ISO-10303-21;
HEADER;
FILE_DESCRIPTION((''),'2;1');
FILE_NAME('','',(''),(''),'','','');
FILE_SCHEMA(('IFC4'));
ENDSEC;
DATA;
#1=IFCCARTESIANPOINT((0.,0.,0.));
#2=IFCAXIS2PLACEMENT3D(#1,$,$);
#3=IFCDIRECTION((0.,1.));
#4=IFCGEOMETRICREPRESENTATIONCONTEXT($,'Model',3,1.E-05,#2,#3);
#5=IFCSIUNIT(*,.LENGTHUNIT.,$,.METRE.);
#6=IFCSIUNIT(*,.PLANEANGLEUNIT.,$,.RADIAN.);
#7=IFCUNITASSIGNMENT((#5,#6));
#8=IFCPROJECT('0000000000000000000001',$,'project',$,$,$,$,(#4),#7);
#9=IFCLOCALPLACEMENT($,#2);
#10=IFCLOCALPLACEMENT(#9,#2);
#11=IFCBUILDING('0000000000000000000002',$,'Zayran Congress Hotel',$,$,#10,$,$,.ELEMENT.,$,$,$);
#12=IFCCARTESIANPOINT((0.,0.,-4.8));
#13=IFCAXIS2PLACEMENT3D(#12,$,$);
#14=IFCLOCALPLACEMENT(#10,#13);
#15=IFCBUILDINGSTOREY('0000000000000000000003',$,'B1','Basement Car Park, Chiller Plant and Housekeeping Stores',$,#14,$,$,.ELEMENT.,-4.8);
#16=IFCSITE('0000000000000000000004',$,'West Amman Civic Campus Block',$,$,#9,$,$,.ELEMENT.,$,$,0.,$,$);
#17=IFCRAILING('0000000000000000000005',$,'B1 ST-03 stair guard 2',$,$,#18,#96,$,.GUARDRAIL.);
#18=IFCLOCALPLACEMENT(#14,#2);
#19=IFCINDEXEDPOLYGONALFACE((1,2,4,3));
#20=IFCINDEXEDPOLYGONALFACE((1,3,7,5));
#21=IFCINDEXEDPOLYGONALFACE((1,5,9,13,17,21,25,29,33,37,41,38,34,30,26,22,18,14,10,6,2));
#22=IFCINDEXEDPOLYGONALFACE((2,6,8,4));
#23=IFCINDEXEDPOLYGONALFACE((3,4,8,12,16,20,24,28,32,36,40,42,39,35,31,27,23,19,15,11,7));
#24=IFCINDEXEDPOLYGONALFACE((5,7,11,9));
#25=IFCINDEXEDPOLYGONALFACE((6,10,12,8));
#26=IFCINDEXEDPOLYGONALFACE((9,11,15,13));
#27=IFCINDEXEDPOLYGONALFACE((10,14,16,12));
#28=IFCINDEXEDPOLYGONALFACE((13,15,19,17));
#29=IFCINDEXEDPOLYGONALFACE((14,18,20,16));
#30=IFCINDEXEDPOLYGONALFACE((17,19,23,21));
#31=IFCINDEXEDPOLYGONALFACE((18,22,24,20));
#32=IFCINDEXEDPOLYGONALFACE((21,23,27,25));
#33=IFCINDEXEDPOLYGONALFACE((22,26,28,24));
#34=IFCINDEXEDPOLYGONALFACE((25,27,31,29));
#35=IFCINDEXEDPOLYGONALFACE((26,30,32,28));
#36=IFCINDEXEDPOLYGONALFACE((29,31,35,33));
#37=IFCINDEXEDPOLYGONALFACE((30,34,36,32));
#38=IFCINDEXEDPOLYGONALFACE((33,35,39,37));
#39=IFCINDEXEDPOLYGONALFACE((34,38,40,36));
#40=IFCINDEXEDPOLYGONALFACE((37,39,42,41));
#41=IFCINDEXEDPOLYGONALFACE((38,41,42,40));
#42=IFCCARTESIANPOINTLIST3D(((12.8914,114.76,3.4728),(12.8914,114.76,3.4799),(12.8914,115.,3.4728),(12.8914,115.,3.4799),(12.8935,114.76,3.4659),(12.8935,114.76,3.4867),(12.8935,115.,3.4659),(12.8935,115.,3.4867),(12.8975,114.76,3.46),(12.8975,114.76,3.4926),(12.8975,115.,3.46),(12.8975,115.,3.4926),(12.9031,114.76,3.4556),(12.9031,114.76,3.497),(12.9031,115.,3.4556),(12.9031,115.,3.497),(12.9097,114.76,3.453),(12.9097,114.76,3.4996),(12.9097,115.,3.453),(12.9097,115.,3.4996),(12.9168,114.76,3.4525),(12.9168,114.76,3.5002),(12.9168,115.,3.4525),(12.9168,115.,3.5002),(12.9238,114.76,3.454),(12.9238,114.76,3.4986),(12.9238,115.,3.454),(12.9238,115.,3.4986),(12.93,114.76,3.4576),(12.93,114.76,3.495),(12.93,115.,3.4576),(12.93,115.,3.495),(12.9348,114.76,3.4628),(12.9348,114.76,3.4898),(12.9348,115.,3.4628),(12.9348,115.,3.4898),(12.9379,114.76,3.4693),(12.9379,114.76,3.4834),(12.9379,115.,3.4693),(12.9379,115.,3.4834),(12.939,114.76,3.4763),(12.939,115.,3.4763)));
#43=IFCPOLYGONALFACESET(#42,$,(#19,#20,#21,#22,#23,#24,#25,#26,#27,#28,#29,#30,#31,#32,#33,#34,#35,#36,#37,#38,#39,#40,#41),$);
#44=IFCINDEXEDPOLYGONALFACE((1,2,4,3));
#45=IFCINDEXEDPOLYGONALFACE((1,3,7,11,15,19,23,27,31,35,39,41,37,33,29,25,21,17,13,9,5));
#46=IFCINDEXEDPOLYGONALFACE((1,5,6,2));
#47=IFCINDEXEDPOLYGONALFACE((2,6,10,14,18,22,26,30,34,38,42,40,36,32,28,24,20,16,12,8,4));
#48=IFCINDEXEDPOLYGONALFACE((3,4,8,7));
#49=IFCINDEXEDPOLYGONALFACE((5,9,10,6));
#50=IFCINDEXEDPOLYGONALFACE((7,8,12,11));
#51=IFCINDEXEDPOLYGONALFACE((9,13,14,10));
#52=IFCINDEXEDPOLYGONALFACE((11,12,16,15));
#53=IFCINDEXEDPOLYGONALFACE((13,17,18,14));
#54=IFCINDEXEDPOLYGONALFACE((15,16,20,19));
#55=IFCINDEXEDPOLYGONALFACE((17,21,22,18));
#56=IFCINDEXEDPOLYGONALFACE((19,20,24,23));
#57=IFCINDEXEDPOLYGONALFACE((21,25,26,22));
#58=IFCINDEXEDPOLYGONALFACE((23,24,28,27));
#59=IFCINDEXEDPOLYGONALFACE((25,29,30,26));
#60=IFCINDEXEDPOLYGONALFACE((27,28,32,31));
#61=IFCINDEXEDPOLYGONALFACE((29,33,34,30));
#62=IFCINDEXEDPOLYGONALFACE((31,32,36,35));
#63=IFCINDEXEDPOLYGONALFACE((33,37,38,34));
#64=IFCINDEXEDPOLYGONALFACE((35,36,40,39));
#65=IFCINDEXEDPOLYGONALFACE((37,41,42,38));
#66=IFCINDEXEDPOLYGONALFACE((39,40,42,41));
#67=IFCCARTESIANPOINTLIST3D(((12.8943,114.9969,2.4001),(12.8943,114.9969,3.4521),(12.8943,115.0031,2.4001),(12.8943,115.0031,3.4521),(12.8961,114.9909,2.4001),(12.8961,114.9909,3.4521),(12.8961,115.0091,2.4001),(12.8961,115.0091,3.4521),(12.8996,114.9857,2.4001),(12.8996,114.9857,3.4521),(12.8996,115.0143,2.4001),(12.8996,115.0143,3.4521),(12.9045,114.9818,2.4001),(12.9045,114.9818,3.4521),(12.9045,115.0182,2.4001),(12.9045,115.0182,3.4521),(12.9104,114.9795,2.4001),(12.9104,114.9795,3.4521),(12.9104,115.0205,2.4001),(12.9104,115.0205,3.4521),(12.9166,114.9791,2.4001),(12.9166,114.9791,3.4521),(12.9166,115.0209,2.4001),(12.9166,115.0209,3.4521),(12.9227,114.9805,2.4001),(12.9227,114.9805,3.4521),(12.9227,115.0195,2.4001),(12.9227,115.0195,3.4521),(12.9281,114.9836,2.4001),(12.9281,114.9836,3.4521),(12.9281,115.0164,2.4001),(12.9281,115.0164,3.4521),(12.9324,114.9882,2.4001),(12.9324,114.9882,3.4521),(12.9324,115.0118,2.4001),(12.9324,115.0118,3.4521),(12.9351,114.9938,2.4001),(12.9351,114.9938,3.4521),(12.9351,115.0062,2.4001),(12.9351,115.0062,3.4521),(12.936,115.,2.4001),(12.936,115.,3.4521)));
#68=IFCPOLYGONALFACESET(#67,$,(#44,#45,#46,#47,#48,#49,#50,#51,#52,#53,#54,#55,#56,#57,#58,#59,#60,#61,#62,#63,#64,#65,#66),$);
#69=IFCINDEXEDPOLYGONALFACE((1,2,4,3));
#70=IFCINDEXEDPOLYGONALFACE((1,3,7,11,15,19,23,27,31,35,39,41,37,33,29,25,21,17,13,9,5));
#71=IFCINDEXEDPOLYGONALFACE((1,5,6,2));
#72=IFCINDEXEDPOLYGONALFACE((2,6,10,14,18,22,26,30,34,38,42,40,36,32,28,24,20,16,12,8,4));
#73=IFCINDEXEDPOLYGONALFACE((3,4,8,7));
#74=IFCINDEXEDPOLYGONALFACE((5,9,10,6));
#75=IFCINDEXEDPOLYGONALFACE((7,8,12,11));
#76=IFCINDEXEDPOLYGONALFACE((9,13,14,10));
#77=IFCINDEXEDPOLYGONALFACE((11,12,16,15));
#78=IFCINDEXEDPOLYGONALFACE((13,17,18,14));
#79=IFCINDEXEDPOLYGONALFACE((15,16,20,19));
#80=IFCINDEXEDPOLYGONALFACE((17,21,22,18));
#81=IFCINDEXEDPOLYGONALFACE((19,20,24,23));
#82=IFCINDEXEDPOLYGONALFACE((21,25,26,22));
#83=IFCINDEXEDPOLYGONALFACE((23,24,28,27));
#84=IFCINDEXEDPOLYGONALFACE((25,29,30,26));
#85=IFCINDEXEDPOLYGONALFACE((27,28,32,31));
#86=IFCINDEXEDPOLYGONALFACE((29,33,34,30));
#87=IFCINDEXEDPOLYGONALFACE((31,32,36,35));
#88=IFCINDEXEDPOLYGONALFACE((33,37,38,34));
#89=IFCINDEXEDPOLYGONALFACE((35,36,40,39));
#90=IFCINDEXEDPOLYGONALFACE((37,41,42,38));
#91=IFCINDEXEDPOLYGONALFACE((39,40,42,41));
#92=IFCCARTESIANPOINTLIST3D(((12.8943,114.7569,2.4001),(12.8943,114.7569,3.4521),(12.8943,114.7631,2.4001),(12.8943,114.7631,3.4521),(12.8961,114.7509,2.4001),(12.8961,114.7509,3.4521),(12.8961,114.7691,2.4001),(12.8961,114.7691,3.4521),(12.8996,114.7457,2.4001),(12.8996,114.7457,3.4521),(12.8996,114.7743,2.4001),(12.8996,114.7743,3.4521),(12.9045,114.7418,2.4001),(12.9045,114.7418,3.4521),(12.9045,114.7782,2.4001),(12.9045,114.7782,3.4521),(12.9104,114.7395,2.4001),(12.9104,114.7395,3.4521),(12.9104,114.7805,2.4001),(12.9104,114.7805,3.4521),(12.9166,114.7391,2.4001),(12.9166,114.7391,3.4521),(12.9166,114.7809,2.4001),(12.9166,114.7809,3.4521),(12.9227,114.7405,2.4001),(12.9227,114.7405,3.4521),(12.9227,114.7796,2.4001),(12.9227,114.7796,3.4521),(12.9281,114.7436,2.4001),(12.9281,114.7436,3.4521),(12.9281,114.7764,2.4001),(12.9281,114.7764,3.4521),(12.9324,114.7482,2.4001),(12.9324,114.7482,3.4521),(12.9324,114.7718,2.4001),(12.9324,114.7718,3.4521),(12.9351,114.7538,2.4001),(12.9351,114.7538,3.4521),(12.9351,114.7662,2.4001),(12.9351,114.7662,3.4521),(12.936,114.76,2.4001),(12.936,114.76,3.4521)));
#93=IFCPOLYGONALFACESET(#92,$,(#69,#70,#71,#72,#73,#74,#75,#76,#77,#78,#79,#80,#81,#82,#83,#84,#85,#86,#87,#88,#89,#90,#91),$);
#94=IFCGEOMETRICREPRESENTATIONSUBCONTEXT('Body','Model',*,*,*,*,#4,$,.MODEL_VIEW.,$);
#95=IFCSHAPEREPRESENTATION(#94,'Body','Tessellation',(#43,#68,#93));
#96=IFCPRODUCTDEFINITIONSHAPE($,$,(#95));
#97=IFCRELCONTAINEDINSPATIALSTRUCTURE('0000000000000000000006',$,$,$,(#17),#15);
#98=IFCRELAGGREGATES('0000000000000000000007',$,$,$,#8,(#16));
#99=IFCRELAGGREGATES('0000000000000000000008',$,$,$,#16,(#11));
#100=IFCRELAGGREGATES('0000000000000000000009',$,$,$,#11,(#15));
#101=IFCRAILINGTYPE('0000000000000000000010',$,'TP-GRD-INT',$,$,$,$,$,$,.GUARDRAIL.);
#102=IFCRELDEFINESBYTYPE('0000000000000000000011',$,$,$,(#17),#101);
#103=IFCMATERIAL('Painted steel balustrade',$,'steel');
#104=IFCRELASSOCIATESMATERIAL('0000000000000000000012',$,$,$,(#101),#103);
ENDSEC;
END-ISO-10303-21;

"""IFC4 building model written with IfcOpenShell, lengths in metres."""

from ifc_helpers import new_model, si_unit, direction, frame, origin, origin_2d, place, context, subcontext, project, spatial, circle, extrude, material, type_object, element, save


model = new_model("IFC4")

# Units and contexts
model_context = context("Model", 3, precision=1e-05, world=origin(), true_north=direction((0.0, 1.0)))
body_context = subcontext(model_context, "Body", "Model", "MODEL_VIEW")
ifc_project = project(units=[si_unit("LENGTHUNIT", "METRE"), si_unit("PLANEANGLEUNIT", "RADIAN")], contexts=[model_context])

# Site, building, storey
site_placement = place(None, origin())
site = spatial("IfcSite", under=ifc_project, at=site_placement, Name="West Amman Civic Campus Block", CompositionType="ELEMENT", RefElevation=0.0)
building_placement = place(site_placement, origin())
building = spatial("IfcBuilding", under=site, at=building_placement, Name="Zayran Congress Hotel", CompositionType="ELEMENT")
storey_placement = place(building_placement, frame((0.0, 0.0, -4.8)))
storey = spatial("IfcBuildingStorey", under=building, at=storey_placement, Name="B1", Description="Basement Car Park, Chiller Plant and Housekeeping Stores", CompositionType="ELEMENT", Elevation=-4.8)

# Railing
ifc_material_1 = material(Name="Painted steel balustrade", Category="steel")
railing_type_1 = type_object("IfcRailingType", Name="TP-GRD-INT", PredefinedType="GUARDRAIL", material=ifc_material_1)
railing_1_placement = place(storey_placement, frame((12.915, 115.0, 2.4001)))
element("IfcRailing", 1, at=railing_1_placement, inside=storey, type_object=railing_type_1, Name="B1 ST-03 stair guard 2", PredefinedType="GUARDRAIL", context=body_context, shape_type="SweptSolid", body=[
    extrude(circle(Radius=0.0239, at=origin_2d()), frame((0.0, 0.0, 1.0762), z_axis=(0.0, -1.0, 0.0), x_axis=(1.0, 0.0, 0.0)), (0.0, 0.0, 1.0), 0.24),
    extrude(circle(Radius=0.021, at=origin_2d()), origin(), (0.0, 0.0, 1.0), 1.052),
    extrude(circle(Radius=0.021, at=origin_2d()), frame((0.0, -0.24, 0.0)), (0.0, 0.0, 1.0), 1.052),
])

save(model, "model.ifc")
